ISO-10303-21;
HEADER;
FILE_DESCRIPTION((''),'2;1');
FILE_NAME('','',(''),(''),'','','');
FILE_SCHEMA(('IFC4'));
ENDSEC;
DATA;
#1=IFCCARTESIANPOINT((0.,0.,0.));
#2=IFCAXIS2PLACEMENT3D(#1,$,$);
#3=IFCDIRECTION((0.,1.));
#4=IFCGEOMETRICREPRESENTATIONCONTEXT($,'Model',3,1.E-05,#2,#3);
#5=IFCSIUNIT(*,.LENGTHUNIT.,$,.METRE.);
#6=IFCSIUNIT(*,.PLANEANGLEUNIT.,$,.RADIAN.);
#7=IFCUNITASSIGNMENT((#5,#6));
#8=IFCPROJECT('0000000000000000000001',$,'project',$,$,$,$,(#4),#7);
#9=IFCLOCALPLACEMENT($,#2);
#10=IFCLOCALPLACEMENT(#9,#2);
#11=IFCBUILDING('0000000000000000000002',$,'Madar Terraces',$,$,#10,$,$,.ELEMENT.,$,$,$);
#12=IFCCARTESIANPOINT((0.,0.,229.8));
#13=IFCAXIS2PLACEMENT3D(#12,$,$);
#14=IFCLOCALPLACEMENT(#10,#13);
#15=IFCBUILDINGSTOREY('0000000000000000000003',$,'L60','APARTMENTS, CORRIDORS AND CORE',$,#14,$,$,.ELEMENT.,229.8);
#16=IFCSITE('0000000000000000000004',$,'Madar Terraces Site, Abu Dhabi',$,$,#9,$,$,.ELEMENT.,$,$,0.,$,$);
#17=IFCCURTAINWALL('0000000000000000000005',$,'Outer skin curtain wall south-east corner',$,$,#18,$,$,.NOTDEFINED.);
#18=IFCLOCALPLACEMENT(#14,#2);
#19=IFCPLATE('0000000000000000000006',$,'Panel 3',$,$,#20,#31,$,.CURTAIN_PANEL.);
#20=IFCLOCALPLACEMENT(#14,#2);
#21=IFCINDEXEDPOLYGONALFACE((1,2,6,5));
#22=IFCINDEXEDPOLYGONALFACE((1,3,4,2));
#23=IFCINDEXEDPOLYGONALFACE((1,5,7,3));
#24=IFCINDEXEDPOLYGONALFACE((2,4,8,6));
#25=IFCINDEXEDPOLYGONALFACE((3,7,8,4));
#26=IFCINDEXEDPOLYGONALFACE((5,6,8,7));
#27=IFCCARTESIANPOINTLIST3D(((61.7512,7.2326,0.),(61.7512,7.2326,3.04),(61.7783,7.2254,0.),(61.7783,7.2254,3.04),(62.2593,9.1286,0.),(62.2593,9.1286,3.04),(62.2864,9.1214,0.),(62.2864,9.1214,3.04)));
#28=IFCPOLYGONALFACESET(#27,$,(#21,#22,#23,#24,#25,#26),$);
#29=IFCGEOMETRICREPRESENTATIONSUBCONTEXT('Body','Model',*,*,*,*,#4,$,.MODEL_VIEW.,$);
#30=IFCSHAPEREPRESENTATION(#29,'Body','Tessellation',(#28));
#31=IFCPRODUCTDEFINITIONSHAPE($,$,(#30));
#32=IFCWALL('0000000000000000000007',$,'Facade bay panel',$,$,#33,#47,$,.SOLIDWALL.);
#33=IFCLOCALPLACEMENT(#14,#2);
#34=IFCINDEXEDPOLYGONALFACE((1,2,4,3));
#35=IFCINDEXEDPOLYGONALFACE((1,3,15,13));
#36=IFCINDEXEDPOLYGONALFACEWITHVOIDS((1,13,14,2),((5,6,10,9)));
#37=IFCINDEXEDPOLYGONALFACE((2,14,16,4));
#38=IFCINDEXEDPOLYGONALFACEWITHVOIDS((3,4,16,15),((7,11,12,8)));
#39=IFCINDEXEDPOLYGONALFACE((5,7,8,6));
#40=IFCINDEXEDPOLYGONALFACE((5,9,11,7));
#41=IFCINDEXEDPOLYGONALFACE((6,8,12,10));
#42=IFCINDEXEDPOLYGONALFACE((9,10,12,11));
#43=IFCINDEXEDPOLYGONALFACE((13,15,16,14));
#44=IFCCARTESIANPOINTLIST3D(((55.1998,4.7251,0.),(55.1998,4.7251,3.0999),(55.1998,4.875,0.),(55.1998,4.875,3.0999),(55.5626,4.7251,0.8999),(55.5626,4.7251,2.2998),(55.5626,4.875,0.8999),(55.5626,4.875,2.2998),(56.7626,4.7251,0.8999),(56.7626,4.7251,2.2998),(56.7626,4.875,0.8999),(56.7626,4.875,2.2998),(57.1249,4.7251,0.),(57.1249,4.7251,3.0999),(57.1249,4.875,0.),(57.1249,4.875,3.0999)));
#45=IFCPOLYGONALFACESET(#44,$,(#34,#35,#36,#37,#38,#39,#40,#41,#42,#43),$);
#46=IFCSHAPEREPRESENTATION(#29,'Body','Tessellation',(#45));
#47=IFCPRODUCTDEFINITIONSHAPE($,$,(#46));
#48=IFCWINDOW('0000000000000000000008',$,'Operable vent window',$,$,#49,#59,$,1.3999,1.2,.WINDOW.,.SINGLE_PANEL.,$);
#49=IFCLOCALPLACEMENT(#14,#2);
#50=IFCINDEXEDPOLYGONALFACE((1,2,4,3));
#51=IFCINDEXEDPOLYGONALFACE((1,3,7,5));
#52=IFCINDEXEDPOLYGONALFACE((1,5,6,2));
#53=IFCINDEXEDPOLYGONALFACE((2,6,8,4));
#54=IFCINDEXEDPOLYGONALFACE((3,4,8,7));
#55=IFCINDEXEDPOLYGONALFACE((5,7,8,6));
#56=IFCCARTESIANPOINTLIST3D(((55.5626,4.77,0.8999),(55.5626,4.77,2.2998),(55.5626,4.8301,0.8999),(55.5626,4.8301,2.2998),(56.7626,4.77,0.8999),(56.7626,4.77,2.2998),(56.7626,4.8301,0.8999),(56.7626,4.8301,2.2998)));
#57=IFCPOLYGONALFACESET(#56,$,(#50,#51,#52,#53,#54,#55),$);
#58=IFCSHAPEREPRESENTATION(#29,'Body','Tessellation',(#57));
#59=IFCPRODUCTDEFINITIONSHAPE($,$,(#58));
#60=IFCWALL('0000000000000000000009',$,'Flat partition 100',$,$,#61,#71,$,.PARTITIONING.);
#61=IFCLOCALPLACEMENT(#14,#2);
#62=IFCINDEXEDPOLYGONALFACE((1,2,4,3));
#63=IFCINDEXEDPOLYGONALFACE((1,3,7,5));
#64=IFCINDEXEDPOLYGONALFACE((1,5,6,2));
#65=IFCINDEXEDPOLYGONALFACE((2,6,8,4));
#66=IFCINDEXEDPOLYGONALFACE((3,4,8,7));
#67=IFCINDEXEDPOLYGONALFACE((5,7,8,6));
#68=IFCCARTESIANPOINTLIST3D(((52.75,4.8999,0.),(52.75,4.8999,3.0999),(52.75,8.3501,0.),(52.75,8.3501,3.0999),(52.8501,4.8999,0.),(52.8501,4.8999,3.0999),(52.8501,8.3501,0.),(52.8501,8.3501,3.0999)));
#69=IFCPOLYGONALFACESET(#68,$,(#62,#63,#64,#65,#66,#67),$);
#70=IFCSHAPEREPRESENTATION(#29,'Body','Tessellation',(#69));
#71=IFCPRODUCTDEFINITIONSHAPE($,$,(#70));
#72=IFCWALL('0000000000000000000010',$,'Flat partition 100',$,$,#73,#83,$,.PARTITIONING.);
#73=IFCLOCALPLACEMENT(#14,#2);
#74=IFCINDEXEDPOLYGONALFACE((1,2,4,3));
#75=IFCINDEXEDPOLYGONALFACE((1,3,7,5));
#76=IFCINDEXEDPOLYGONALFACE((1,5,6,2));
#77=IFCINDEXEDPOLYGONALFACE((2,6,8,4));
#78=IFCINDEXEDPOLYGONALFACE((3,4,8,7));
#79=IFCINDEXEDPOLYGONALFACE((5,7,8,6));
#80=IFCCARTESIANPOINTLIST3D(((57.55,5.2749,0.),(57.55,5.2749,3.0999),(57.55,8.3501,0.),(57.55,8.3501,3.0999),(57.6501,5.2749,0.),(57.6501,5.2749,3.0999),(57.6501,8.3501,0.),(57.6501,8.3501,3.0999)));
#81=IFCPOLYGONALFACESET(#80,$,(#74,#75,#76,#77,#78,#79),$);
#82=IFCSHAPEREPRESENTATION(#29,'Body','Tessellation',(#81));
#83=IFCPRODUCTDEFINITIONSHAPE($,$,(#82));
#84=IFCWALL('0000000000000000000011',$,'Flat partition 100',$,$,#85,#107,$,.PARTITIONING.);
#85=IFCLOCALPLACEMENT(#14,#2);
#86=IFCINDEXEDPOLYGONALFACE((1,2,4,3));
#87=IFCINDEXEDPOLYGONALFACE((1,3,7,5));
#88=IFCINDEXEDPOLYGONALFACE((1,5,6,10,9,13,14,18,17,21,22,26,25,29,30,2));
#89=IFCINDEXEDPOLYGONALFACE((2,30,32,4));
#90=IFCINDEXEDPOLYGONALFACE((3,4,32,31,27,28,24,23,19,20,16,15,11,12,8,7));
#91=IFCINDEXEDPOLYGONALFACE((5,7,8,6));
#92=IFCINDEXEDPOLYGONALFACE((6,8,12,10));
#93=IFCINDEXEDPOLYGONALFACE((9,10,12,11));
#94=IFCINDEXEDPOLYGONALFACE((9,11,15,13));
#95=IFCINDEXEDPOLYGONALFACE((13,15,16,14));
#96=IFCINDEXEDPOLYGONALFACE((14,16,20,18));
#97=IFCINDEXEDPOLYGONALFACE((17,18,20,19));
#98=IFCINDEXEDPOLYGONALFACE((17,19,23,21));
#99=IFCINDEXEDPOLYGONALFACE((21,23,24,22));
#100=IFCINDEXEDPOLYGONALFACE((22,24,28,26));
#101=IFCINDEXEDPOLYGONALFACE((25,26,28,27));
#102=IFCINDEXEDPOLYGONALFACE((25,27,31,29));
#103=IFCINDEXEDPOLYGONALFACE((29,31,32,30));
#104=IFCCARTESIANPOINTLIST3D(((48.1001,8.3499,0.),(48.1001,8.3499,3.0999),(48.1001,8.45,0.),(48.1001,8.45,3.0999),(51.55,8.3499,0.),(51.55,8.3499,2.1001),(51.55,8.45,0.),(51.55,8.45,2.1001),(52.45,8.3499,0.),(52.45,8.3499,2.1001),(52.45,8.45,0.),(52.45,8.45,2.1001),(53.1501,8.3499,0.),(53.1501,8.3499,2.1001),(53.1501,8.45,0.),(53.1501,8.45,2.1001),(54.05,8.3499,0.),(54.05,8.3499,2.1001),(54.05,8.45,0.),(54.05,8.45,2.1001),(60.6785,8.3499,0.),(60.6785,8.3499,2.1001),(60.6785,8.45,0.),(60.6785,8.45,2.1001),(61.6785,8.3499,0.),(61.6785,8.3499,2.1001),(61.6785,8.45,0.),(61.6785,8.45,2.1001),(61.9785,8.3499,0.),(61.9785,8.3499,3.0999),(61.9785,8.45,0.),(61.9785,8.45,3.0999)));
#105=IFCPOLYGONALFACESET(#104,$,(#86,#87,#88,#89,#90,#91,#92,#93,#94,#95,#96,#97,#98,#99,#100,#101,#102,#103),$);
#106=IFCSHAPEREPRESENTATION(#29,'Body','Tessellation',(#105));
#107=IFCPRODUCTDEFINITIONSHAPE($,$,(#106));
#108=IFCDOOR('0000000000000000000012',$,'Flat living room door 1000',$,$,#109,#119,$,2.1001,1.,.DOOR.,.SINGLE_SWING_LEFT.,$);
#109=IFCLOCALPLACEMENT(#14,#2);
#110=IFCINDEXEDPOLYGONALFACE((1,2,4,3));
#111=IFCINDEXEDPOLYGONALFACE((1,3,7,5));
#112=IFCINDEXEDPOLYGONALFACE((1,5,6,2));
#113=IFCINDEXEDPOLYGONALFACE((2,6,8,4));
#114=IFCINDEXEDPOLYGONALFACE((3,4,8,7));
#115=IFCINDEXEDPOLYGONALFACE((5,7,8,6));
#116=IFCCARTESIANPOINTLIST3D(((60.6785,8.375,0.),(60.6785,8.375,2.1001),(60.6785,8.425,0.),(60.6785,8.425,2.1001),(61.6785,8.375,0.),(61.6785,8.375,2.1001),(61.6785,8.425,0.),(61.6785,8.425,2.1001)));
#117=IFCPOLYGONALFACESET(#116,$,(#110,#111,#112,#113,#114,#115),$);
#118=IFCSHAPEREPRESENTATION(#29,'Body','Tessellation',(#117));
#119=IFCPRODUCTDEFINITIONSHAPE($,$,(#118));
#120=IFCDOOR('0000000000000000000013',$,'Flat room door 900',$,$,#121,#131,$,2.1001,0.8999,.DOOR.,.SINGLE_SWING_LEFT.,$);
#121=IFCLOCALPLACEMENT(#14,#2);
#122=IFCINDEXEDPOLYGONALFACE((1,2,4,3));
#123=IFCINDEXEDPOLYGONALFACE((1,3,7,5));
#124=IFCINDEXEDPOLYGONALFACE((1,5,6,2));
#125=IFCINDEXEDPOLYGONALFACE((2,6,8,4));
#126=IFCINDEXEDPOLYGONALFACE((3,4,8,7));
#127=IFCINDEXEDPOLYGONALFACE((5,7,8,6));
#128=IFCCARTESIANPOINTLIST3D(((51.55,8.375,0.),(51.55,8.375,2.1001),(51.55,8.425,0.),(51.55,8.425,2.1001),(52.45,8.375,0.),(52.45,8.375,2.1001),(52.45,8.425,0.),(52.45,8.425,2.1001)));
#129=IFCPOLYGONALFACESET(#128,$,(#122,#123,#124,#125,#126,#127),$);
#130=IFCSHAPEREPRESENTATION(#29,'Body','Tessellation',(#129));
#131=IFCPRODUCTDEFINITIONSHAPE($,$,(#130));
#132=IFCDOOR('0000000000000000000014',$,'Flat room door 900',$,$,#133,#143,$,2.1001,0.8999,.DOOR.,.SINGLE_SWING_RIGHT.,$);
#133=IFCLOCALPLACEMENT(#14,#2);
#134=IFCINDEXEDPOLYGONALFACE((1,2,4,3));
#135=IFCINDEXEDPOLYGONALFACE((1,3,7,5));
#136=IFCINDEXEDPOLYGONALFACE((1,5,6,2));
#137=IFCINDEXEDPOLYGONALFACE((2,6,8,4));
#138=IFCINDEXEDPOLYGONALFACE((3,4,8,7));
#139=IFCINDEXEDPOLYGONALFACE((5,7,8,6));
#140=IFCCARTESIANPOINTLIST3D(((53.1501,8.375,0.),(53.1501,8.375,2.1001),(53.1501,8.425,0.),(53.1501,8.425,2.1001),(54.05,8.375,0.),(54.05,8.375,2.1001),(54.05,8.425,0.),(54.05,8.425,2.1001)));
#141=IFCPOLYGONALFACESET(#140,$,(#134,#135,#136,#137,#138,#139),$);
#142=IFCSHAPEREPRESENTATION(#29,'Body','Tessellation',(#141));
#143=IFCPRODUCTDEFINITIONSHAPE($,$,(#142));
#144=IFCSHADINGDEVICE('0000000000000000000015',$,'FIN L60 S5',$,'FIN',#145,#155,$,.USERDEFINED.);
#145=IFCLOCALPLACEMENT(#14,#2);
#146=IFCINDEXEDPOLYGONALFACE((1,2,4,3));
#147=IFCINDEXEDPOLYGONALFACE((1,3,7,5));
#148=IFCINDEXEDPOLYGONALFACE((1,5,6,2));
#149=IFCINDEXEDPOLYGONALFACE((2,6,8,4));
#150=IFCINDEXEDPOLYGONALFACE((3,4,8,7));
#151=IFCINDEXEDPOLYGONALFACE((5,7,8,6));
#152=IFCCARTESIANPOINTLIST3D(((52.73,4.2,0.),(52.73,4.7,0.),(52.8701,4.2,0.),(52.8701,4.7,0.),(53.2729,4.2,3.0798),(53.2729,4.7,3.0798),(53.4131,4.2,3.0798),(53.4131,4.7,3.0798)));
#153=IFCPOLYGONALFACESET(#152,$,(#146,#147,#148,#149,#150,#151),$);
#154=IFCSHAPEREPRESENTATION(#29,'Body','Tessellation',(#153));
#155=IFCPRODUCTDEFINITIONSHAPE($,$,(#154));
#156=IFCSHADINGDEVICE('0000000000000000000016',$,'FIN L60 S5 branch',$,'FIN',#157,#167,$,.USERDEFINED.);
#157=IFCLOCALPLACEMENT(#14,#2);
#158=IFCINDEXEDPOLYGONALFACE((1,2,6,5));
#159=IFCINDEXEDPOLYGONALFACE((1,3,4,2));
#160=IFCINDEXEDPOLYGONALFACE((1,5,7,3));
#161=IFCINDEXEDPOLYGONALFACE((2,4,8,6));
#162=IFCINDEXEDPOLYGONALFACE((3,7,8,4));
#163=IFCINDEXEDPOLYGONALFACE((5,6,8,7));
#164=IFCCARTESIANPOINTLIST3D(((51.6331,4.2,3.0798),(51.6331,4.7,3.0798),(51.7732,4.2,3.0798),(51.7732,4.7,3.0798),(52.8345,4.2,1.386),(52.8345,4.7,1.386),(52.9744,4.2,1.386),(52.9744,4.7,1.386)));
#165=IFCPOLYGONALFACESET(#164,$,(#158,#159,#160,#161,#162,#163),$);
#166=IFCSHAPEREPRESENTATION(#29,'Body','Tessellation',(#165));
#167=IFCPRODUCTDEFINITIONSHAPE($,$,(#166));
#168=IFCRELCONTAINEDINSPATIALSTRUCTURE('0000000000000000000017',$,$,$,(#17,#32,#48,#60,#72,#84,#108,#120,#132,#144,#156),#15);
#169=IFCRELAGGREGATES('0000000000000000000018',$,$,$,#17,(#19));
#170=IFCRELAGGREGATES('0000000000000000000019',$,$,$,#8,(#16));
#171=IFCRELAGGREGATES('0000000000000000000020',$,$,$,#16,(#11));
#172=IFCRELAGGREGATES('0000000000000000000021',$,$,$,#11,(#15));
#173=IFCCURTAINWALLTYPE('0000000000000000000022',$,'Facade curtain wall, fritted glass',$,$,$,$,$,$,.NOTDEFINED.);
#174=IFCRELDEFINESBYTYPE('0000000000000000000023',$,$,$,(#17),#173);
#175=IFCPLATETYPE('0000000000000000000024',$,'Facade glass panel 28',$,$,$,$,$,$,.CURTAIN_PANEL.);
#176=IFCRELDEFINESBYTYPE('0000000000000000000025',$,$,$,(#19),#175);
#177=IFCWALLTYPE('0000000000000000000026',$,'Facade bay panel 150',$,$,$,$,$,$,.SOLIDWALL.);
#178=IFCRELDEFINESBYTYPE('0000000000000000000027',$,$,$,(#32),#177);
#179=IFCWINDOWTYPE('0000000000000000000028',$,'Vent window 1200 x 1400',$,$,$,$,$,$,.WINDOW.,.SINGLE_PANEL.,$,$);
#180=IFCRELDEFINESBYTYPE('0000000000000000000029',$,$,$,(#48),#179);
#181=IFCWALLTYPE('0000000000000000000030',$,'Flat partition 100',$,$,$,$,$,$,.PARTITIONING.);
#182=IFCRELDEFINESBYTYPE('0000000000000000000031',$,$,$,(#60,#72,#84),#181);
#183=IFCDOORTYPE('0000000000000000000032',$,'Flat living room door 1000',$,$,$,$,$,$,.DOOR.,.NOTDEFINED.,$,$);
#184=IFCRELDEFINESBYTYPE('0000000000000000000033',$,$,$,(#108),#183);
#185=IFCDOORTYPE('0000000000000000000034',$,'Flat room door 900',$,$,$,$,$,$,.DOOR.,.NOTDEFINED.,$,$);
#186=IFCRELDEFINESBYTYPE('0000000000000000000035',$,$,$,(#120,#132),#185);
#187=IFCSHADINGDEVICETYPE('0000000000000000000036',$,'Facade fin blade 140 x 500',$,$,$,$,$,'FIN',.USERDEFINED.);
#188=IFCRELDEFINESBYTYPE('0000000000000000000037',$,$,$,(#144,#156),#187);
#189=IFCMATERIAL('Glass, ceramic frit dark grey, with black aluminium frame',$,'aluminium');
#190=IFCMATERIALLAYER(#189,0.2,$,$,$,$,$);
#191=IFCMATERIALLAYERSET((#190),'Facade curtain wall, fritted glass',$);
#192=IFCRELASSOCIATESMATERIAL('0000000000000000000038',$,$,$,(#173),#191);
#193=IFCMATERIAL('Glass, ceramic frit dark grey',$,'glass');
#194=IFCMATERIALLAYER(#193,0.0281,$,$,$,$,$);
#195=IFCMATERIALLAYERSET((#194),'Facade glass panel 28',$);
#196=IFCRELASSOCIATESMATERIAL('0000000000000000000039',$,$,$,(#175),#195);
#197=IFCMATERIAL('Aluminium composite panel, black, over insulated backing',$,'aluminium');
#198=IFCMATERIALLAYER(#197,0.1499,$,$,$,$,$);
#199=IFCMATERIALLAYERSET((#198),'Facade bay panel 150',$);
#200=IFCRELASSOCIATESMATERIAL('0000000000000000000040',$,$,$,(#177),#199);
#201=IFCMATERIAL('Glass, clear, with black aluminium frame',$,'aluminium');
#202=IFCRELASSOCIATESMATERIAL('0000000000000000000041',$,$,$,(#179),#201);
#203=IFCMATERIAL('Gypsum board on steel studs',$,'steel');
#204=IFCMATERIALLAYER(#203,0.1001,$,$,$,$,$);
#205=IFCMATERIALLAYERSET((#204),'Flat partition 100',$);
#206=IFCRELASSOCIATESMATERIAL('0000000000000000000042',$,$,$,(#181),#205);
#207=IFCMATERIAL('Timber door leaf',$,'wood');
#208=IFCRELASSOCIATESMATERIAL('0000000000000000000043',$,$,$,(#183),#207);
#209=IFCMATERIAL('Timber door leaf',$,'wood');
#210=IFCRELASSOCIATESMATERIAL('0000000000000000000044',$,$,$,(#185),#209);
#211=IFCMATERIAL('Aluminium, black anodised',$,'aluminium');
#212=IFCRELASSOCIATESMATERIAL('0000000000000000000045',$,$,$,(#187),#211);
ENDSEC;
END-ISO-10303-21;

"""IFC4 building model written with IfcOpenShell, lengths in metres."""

from ifc_helpers import new_model, si_unit, direction, frame, frame_2d, origin, origin_2d, place, context, subcontext, project, spatial, polyline, rectangle, outline, extrude, material, layer, layer_set, type_object, element, fill, aggregate, save


model = new_model("IFC4")

# Units and contexts
model_context = context("Model", 3, precision=1e-05, world=origin(), true_north=direction((0.0, 1.0)))
body_context = subcontext(model_context, "Body", "Model", "MODEL_VIEW")
ifc_project = project(units=[si_unit("LENGTHUNIT", "METRE"), si_unit("PLANEANGLEUNIT", "RADIAN")], contexts=[model_context])

# Site, building, storey
site_placement = place(None, origin())
site = spatial("IfcSite", under=ifc_project, at=site_placement, Name="Madar Terraces Site, Abu Dhabi", CompositionType="ELEMENT", RefElevation=0.0)
building_placement = place(site_placement, origin())
building = spatial("IfcBuilding", under=site, at=building_placement, Name="Madar Terraces", CompositionType="ELEMENT")
storey_placement = place(building_placement, frame((0.0, 0.0, 229.8)))
storey = spatial("IfcBuildingStorey", under=building, at=storey_placement, Name="L60", Description="APARTMENTS, CORRIDORS AND CORE", CompositionType="ELEMENT", Elevation=229.8)

# Shared definitions
ifc_material_1 = material(Name="Glass, ceramic frit dark grey, with black aluminium frame", Category="aluminium")
ifc_layer_1 = layer(ifc_material_1, 0.2)
ifc_layer_set_1 = layer_set([ifc_layer_1], Name="Facade curtain wall, fritted glass")
curtain_wall_type = type_object("IfcCurtainWallType", Name="Facade curtain wall, fritted glass", PredefinedType="NOTDEFINED", material=ifc_layer_set_1)

# Curtain wall
curtain_wall_1_placement = place(storey_placement, origin())
curtain_wall_1 = element("IfcCurtainWall", 1, at=curtain_wall_1_placement, inside=storey, type_object=curtain_wall_type, Name="Outer skin curtain wall south-east corner", PredefinedType="NOTDEFINED")

# Plate
ifc_material_2 = material(Name="Glass, ceramic frit dark grey", Category="glass")
ifc_layer_2 = layer(ifc_material_2, 0.0281)
ifc_layer_set_2 = layer_set([ifc_layer_2], Name="Facade glass panel 28")
plate_type = type_object("IfcPlateType", Name="Facade glass panel 28", PredefinedType="CURTAIN_PANEL", material=ifc_layer_set_2)
plate_1_placement = place(storey_placement, frame((62.0188, 8.177, 0.0), z_axis=(0.0, 0.0, 1.0), x_axis=(0.258819, 0.965926, 0.0)))
plate_1 = element("IfcPlate", 2, at=plate_1_placement, type_object=plate_type, Name="Panel 3", PredefinedType="CURTAIN_PANEL", context=body_context, shape_type="SweptSolid", body=[
    extrude(rectangle(XDim=1.9629, YDim=0.0281, at=origin_2d()), origin(), (0.0, 0.0, 1.0), 3.04),
])
aggregate(curtain_wall_1, [plate_1])

# Wall, opening, window
ifc_material_3 = material(Name="Aluminium composite panel, black, over insulated backing", Category="aluminium")
ifc_layer_3 = layer(ifc_material_3, 0.1499)
ifc_layer_set_3 = layer_set([ifc_layer_3], Name="Facade bay panel 150")
wall_type_1 = type_object("IfcWallType", Name="Facade bay panel 150", PredefinedType="SOLIDWALL", material=ifc_layer_set_3)
wall_1_placement = place(storey_placement, frame((55.2, 4.8, 0.0), z_axis=(0.0, 0.0, 1.0), x_axis=(1.0, 0.0, 0.0)))
wall_1 = element("IfcWall", 3, at=wall_1_placement, inside=storey, type_object=wall_type_1, Name="Facade bay panel", PredefinedType="SOLIDWALL", context=body_context, shape_type="SweptSolid", body=[
    extrude(rectangle(XDim=1.925, YDim=0.1499, at=frame_2d((0.9624, 0.0))), origin(), (0.0, 0.0, 1.0), 3.0999),
])
opening_1_placement = place(wall_1_placement, frame((0.3625, 0.0, 0.8999)))
opening_1 = element("IfcOpeningElement", 4, at=opening_1_placement, cuts=wall_1, PredefinedType="OPENING", context=body_context, shape_type="SweptSolid", body=[
    extrude(rectangle(XDim=1.2, YDim=1.3999, at=frame_2d((0.6001, 0.7))), frame((0.0, 0.085, 0.0), z_axis=(0.0, -1.0, 0.0), x_axis=(1.0, 0.0, 0.0)), (0.0, 0.0, 1.0), 0.1699),
])
ifc_material_4 = material(Name="Glass, clear, with black aluminium frame", Category="aluminium")
window_type = type_object("IfcWindowType", Name="Vent window 1200 x 1400", PartitioningType="SINGLE_PANEL", PredefinedType="WINDOW", material=ifc_material_4)
window_placement = place(opening_1_placement, origin())
window = element("IfcWindow", 5, at=window_placement, inside=storey, type_object=window_type, Name="Operable vent window", OverallHeight=1.3999, OverallWidth=1.2, PartitioningType="SINGLE_PANEL", PredefinedType="WINDOW", context=body_context, shape_type="SweptSolid", body=[
    extrude(rectangle(XDim=1.2, YDim=1.3999, at=frame_2d((0.6001, 0.7))), frame((0.0, 0.03, 0.0), z_axis=(0.0, -1.0, 0.0), x_axis=(1.0, 0.0, 0.0)), (0.0, 0.0, 1.0), 0.0601),
])
fill(opening_1, window)

# Walls
ifc_material_5 = material(Name="Gypsum board on steel studs", Category="steel")
ifc_layer_4 = layer(ifc_material_5, 0.1001)
ifc_layer_set_4 = layer_set([ifc_layer_4], Name="Flat partition 100")
wall_type_2 = type_object("IfcWallType", Name="Flat partition 100", PredefinedType="PARTITIONING", material=ifc_layer_set_4)
wall_2_placement = place(storey_placement, frame((52.8, 8.3501, 0.0), z_axis=(0.0, 0.0, 1.0), x_axis=(0.0, -1.0, 0.0)))
element("IfcWall", 6, at=wall_2_placement, inside=storey, type_object=wall_type_2, Name="Flat partition 100", PredefinedType="PARTITIONING", context=body_context, shape_type="SweptSolid", body=[
    extrude(rectangle(XDim=3.4502, YDim=0.1001, at=frame_2d((1.7251, 0.0))), origin(), (0.0, 0.0, 1.0), 3.0999),
])
wall_3_placement = place(storey_placement, frame((57.6001, 8.3501, 0.0), z_axis=(0.0, 0.0, 1.0), x_axis=(0.0, -1.0, 0.0)))
element("IfcWall", 7, at=wall_3_placement, inside=storey, type_object=wall_type_2, Name="Flat partition 100", PredefinedType="PARTITIONING", context=body_context, shape_type="SweptSolid", body=[
    extrude(rectangle(XDim=3.0752, YDim=0.1001, at=frame_2d((1.5376, 0.0))), origin(), (0.0, 0.0, 1.0), 3.0999),
])

# Wall, openings, doors
wall_4_placement = place(storey_placement, frame((61.9785, 8.3999, 0.0), z_axis=(0.0, 0.0, 1.0), x_axis=(-1.0, 0.0, 0.0)))
wall_4 = element("IfcWall", 8, at=wall_4_placement, inside=storey, type_object=wall_type_2, Name="Flat partition 100", PredefinedType="PARTITIONING", context=body_context, shape_type="SweptSolid", body=[
    extrude(rectangle(XDim=13.8784, YDim=0.1001, at=frame_2d((6.9392, 0.0))), origin(), (0.0, 0.0, 1.0), 3.0999),
])
opening_2_placement = place(wall_4_placement, frame((9.5286, 0.0, 0.0)))
opening_2 = element("IfcOpeningElement", 9, at=opening_2_placement, cuts=wall_4, PredefinedType="OPENING", context=body_context, shape_type="SweptSolid", body=[
    extrude(rectangle(XDim=0.8999, YDim=2.1001, at=frame_2d((0.45, 1.05))), frame((0.0, 0.0601, 0.0), z_axis=(0.0, -1.0, 0.0), x_axis=(1.0, 0.0, 0.0)), (0.0, 0.0, 1.0), 0.1201),
])
opening_3_placement = place(wall_4_placement, frame((7.9285, 0.0, 0.0)))
opening_3 = element("IfcOpeningElement", 10, at=opening_3_placement, cuts=wall_4, PredefinedType="OPENING", context=body_context, shape_type="SweptSolid", body=[
    extrude(rectangle(XDim=0.8999, YDim=2.1001, at=frame_2d((0.45, 1.05))), frame((0.0, 0.0601, 0.0), z_axis=(0.0, -1.0, 0.0), x_axis=(1.0, 0.0, 0.0)), (0.0, 0.0, 1.0), 0.1201),
])
opening_4_placement = place(wall_4_placement, frame((0.3, 0.0, 0.0)))
opening_4 = element("IfcOpeningElement", 11, at=opening_4_placement, cuts=wall_4, PredefinedType="OPENING", context=body_context, shape_type="SweptSolid", body=[
    extrude(rectangle(XDim=1.0, YDim=2.1001, at=frame_2d((0.5, 1.05))), frame((0.0, 0.0601, 0.0), z_axis=(0.0, -1.0, 0.0), x_axis=(1.0, 0.0, 0.0)), (0.0, 0.0, 1.0), 0.1201),
])
ifc_material_6 = material(Name="Timber door leaf", Category="wood")
door_type_1 = type_object("IfcDoorType", Name="Flat living room door 1000", OperationType="NOTDEFINED", PredefinedType="DOOR", material=ifc_material_6)
door_1_placement = place(opening_4_placement, origin())
door_1 = element("IfcDoor", 12, at=door_1_placement, inside=storey, type_object=door_type_1, Name="Flat living room door 1000", OperationType="SINGLE_SWING_LEFT", OverallHeight=2.1001, OverallWidth=1.0, PredefinedType="DOOR", context=body_context, shape_type="SweptSolid", body=[
    extrude(rectangle(XDim=1.0, YDim=2.1001, at=frame_2d((0.5, 1.05))), frame((0.0, 0.0249, 0.0), z_axis=(0.0, -1.0, 0.0), x_axis=(1.0, 0.0, 0.0)), (0.0, 0.0, 1.0), 0.05),
])
fill(opening_4, door_1)
ifc_material_7 = material(Name="Timber door leaf", Category="wood")
door_type_2 = type_object("IfcDoorType", Name="Flat room door 900", OperationType="NOTDEFINED", PredefinedType="DOOR", material=ifc_material_7)
door_2_placement = place(opening_2_placement, origin())
door_2 = element("IfcDoor", 13, at=door_2_placement, inside=storey, type_object=door_type_2, Name="Flat room door 900", OperationType="SINGLE_SWING_LEFT", OverallHeight=2.1001, OverallWidth=0.8999, PredefinedType="DOOR", context=body_context, shape_type="SweptSolid", body=[
    extrude(rectangle(XDim=0.8999, YDim=2.1001, at=frame_2d((0.45, 1.05))), frame((0.0, 0.0249, 0.0), z_axis=(0.0, -1.0, 0.0), x_axis=(1.0, 0.0, 0.0)), (0.0, 0.0, 1.0), 0.05),
])
fill(opening_2, door_2)
door_3_placement = place(opening_3_placement, origin())
door_3 = element("IfcDoor", 14, at=door_3_placement, inside=storey, type_object=door_type_2, Name="Flat room door 900", OperationType="SINGLE_SWING_RIGHT", OverallHeight=2.1001, OverallWidth=0.8999, PredefinedType="DOOR", context=body_context, shape_type="SweptSolid", body=[
    extrude(rectangle(XDim=0.8999, YDim=2.1001, at=frame_2d((0.45, 1.05))), frame((0.0, 0.0249, 0.0), z_axis=(0.0, -1.0, 0.0), x_axis=(1.0, 0.0, 0.0)), (0.0, 0.0, 1.0), 0.05),
])
fill(opening_3, door_3)

# Shading devices
ifc_material_8 = material(Name="Aluminium, black anodised", Category="aluminium")
shading_device_type = type_object("IfcShadingDeviceType", Name="Facade fin blade 140 x 500", ElementType="FIN", PredefinedType="USERDEFINED", material=ifc_material_8)
shading_device_1_placement = place(storey_placement, frame((52.73, 4.45, 0.0), z_axis=(0.0, 0.0, 1.0), x_axis=(1.0, 0.0, 0.0)))
element("IfcShadingDevice", 15, at=shading_device_1_placement, inside=storey, type_object=shading_device_type, Name="FIN L60 S5", ObjectType="FIN", PredefinedType="USERDEFINED", context=body_context, shape_type="SweptSolid", body=[
    extrude(outline(polyline([(0.0, 0.0), (0.1401, 0.0), (0.6831, 3.0798), (0.543, 3.0798), (0.0, 0.0)])), frame((0.0, 0.25, 0.0), z_axis=(0.0, -1.0, 0.0), x_axis=(1.0, 0.0, 0.0)), (0.0, 0.0, 1.0), 0.5),
])
shading_device_2_placement = place(storey_placement, frame((52.8345, 4.45, 1.386), z_axis=(0.0, 0.0, 1.0), x_axis=(1.0, 0.0, 0.0)))
element("IfcShadingDevice", 16, at=shading_device_2_placement, inside=storey, type_object=shading_device_type, Name="FIN L60 S5 branch", ObjectType="FIN", PredefinedType="USERDEFINED", context=body_context, shape_type="SweptSolid", body=[
    extrude(outline(polyline([(0.0, 0.0), (0.1399, 0.0), (-1.0613, 1.6938), (-1.2014, 1.6938), (0.0, 0.0)])), frame((0.0, 0.25, 0.0), z_axis=(0.0, -1.0, 0.0), x_axis=(1.0, 0.0, 0.0)), (0.0, 0.0, 1.0), 0.5),
])

save(model, "model.ifc")
